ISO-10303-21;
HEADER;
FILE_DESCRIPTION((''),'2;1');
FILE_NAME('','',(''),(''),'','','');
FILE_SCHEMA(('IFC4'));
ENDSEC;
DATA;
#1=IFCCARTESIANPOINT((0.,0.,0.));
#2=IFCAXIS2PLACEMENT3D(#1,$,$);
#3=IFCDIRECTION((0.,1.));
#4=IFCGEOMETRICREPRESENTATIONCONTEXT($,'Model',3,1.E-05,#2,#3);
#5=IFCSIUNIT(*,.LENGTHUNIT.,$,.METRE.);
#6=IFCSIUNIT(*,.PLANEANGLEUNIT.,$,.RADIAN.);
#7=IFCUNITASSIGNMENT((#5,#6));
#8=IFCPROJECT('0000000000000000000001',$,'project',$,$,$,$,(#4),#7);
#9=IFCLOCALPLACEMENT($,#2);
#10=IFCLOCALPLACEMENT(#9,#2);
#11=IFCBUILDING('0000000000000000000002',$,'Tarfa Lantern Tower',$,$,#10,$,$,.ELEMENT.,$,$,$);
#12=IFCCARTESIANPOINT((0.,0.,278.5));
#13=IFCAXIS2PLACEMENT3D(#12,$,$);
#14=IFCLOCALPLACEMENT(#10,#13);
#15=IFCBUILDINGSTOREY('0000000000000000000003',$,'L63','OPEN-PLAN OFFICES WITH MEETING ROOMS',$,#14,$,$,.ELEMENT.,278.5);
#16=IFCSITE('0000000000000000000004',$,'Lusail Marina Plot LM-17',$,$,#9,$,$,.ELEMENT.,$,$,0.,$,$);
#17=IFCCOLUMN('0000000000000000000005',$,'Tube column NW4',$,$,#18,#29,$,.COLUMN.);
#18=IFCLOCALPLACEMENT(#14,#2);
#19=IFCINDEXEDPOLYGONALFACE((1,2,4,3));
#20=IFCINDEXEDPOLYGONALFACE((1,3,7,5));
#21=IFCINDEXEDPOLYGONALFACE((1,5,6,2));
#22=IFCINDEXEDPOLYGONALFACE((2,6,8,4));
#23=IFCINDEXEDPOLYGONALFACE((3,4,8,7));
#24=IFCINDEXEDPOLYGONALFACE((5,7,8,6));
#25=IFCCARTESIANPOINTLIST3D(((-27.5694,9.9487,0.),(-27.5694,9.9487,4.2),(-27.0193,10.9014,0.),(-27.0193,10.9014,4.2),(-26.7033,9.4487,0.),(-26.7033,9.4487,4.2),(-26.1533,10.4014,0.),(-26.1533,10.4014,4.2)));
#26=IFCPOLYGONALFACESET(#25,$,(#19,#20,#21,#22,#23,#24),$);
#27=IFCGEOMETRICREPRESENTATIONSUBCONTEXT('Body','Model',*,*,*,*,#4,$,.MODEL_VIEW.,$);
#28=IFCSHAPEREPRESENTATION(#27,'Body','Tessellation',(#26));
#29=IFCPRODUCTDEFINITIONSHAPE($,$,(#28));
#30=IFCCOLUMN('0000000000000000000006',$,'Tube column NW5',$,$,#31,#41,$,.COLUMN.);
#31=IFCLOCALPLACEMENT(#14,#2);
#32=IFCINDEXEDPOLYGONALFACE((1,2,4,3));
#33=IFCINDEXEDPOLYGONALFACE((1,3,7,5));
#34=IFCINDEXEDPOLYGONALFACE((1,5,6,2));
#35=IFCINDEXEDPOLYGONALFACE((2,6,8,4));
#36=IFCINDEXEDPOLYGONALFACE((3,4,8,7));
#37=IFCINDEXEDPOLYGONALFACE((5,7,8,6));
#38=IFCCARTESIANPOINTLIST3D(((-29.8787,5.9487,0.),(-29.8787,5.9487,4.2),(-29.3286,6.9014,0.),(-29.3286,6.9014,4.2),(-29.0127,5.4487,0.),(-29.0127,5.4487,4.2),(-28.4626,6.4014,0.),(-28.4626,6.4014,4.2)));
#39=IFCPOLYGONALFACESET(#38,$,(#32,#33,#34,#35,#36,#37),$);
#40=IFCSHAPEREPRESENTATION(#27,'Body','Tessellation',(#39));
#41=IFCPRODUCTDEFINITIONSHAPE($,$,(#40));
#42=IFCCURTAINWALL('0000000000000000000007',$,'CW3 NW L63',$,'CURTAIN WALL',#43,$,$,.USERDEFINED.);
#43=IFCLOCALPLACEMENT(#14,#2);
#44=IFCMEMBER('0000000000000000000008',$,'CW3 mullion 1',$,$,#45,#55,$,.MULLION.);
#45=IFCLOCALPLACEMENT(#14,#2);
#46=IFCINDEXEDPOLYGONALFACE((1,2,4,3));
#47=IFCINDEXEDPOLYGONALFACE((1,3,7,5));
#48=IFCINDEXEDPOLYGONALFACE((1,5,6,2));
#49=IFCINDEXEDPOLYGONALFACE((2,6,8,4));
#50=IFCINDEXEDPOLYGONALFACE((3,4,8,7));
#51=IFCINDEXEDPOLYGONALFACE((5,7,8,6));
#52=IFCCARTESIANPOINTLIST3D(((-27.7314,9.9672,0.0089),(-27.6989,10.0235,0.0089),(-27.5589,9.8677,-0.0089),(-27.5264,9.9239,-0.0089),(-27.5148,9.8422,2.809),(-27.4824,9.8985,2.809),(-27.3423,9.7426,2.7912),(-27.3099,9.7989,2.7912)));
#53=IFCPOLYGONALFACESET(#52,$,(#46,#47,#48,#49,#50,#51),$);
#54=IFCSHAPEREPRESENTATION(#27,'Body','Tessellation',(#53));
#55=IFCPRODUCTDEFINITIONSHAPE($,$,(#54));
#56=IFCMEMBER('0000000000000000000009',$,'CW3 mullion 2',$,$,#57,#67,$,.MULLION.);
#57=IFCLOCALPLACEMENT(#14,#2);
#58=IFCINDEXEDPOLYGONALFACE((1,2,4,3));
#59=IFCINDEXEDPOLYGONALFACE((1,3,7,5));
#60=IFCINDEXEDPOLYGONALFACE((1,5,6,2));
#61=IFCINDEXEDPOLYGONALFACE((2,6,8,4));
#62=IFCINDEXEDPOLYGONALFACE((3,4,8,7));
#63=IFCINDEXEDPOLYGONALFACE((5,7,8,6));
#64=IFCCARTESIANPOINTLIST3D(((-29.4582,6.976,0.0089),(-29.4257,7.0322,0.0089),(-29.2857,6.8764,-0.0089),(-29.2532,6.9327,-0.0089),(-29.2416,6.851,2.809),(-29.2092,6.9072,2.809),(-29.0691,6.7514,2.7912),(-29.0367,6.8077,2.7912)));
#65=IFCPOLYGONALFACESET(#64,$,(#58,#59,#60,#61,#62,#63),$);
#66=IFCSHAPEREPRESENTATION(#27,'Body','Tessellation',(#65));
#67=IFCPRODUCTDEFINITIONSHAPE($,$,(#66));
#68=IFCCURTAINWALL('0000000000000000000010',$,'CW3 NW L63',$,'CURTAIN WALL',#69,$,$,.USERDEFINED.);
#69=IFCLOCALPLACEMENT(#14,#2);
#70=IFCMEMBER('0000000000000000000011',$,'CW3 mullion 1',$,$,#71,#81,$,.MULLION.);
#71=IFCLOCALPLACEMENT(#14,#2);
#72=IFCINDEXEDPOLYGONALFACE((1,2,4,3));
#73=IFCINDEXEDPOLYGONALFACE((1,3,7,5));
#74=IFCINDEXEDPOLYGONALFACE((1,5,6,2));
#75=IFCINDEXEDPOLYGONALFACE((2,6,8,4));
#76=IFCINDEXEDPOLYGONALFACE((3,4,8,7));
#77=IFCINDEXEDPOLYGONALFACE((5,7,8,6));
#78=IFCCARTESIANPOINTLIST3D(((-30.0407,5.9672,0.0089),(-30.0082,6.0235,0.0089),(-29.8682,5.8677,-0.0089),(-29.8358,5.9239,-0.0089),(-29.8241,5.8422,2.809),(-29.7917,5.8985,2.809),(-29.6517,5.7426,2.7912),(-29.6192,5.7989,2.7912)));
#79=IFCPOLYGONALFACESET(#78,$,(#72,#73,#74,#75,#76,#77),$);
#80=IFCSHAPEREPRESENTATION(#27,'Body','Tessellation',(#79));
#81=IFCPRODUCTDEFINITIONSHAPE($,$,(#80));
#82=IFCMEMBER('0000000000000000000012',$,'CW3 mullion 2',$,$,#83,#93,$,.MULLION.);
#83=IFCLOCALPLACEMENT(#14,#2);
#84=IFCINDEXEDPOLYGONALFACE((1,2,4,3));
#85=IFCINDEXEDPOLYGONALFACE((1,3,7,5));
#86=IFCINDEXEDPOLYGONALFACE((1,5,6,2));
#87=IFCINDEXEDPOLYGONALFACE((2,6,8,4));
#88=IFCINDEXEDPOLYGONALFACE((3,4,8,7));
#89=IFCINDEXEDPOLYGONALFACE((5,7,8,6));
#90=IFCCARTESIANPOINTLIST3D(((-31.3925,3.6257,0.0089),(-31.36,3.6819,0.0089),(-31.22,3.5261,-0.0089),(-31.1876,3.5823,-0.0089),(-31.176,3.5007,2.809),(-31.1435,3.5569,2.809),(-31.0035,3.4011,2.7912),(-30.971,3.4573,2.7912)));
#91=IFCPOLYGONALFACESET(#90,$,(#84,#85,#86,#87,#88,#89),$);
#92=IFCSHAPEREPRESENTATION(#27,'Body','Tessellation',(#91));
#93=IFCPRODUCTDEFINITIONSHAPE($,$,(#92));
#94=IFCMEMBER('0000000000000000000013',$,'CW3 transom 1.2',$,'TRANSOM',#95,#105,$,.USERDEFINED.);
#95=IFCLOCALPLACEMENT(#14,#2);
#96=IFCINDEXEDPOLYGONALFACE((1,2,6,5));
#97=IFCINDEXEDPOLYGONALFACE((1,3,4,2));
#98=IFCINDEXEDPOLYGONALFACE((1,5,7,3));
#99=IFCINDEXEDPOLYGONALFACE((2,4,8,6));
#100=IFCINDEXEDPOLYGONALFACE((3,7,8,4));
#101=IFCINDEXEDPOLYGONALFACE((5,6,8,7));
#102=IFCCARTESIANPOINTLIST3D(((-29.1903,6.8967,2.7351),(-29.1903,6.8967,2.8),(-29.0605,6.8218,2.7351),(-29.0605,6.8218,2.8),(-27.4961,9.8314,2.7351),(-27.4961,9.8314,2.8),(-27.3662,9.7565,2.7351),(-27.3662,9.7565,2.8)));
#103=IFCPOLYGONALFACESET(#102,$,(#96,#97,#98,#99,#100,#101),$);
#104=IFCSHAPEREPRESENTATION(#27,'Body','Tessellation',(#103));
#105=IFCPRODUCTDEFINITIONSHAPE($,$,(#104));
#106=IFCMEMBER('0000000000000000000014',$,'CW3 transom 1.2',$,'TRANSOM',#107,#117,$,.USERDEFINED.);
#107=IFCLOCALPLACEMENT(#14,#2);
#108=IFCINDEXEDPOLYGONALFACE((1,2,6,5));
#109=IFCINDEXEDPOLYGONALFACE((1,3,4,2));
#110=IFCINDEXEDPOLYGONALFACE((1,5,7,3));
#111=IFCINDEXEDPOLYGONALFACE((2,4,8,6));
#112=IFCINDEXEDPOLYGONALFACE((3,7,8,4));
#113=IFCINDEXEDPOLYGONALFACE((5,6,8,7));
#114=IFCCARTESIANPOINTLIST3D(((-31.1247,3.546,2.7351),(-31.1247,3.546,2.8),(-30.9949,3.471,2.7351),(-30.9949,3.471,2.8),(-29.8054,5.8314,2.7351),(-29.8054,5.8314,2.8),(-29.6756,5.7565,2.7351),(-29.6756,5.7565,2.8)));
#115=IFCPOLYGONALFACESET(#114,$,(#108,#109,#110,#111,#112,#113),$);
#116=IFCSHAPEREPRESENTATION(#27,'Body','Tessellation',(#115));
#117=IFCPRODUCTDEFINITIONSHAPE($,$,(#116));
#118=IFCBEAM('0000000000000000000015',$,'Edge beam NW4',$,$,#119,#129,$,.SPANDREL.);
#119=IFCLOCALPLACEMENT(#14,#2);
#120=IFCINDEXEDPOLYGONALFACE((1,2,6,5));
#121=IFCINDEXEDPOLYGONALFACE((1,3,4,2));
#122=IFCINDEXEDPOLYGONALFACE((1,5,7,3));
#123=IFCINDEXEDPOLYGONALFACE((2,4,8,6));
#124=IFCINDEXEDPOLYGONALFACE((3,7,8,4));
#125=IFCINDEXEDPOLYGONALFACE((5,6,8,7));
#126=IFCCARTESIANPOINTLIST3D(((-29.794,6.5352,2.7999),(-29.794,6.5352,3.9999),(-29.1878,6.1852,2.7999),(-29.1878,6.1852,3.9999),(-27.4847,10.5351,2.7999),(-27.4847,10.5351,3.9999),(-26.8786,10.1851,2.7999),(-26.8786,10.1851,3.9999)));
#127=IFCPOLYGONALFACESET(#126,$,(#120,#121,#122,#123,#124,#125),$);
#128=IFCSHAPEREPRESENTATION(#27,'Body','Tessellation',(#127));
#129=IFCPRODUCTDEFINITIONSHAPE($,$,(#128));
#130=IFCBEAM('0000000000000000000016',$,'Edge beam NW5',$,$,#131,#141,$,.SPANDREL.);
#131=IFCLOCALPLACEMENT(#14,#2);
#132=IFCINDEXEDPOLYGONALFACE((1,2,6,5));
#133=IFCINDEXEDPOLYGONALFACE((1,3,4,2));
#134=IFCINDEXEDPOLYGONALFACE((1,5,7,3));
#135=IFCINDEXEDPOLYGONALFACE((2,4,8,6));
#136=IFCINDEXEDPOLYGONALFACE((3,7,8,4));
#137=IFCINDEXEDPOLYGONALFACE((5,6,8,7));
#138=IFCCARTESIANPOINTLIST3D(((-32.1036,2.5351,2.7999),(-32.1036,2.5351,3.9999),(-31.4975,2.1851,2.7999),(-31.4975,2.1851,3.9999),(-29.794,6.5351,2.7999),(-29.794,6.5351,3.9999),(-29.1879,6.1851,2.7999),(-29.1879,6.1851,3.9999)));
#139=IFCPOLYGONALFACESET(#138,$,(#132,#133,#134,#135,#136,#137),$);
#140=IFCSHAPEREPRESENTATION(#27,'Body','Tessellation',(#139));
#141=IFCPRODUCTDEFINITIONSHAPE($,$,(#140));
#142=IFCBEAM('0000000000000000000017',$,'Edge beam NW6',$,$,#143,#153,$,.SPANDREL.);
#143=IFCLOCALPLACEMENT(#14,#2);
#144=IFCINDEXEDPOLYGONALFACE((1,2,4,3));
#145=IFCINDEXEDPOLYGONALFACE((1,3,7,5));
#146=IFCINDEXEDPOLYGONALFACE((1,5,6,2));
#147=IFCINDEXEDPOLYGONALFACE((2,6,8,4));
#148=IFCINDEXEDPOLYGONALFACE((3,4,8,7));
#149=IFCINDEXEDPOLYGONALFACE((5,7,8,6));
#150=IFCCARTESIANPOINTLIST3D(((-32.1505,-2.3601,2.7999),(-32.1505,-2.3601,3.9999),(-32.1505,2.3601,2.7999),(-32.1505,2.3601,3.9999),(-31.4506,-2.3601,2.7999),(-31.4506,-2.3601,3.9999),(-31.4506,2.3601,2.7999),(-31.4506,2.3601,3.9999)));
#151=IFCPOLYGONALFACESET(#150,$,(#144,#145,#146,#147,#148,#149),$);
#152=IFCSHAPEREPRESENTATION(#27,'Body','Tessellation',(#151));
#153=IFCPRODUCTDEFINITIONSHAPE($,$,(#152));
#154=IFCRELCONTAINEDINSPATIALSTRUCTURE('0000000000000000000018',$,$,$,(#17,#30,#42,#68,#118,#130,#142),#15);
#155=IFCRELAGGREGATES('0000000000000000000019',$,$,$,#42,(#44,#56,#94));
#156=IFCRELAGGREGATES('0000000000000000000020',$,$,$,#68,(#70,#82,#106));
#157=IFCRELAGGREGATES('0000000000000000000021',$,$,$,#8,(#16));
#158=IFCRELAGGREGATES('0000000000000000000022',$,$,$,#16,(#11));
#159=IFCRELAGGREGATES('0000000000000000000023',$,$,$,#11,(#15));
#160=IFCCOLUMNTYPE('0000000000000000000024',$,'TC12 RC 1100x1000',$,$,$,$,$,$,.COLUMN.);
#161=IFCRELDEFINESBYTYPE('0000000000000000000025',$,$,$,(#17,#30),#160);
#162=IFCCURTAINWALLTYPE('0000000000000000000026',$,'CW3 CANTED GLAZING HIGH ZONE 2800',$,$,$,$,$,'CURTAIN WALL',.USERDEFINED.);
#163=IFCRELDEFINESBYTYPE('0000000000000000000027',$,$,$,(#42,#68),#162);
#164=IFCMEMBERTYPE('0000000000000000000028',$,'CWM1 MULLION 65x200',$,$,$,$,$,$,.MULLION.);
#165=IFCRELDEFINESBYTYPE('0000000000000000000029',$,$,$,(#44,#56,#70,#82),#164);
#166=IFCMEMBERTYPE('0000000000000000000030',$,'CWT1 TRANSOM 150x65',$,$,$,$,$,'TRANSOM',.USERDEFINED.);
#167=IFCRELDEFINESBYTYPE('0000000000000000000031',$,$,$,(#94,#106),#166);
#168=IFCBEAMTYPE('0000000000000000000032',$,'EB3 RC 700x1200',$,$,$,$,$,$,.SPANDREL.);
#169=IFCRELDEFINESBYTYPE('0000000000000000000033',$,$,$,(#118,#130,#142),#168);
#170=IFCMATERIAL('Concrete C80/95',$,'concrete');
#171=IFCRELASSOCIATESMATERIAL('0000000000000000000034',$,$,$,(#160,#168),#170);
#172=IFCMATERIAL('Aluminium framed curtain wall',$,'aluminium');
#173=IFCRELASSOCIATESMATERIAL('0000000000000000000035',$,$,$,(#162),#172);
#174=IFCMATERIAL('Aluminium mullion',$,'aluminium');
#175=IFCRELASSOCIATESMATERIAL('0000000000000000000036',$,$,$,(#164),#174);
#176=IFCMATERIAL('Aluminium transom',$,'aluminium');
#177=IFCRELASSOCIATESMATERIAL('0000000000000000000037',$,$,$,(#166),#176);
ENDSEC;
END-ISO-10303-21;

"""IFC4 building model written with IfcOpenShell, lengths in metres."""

from ifc_helpers import new_model, si_unit, direction, frame, origin, origin_2d, place, context, subcontext, project, spatial, rectangle, extrude, material, material_profile, profile_set, type_object, element, aggregate, save


model = new_model("IFC4")

# Units and contexts
model_context = context("Model", 3, precision=1e-05, world=origin(), true_north=direction((0.0, 1.0)))
body_context = subcontext(model_context, "Body", "Model", "MODEL_VIEW")
ifc_project = project(units=[si_unit("LENGTHUNIT", "METRE"), si_unit("PLANEANGLEUNIT", "RADIAN")], contexts=[model_context])

# Site, building, storey
site_placement = place(None, origin())
site = spatial("IfcSite", under=ifc_project, at=site_placement, Name="Lusail Marina Plot LM-17", CompositionType="ELEMENT", RefElevation=0.0)
building_placement = place(site_placement, origin())
building = spatial("IfcBuilding", under=site, at=building_placement, Name="Tarfa Lantern Tower", CompositionType="ELEMENT")
storey_placement = place(building_placement, frame((0.0, 0.0, 278.5)))
storey = spatial("IfcBuildingStorey", under=building, at=storey_placement, Name="L63", Description="OPEN-PLAN OFFICES WITH MEETING ROOMS", CompositionType="ELEMENT", Elevation=278.5)

# Columns
ifc_material_1 = material(Name="Concrete C80/95", Category="concrete")
ifc_material_profile_1 = material_profile(ifc_material_1, rectangle(XDim=1.1001, YDim=1.0, at=origin_2d()), Name="RC 1100x1000")
ifc_profile_set_1 = profile_set([ifc_material_profile_1], Name="Concrete C80/95")
column_type = type_object("IfcColumnType", Name="TC12 RC 1100x1000", PredefinedType="COLUMN", material=ifc_profile_set_1)
for number, where, z_axis, x_axis, name in (
    (1, (-26.8613, 10.175, 0.0), (0.0, 0.0, 1.0), (-0.5, -0.866025, 0.0), "Tube column NW4"),
    (2, (-29.1707, 6.175, 0.0), (0.0, 0.0, 1.0), (-0.5, -0.866025, 0.0), "Tube column NW5"),
):
    element("IfcColumn", number, at=place(storey_placement, frame(where, z_axis=z_axis, x_axis=x_axis)), inside=storey, type_object=column_type, Name=name, PredefinedType="COLUMN", context=body_context, shape_type="SweptSolid", body=[
        extrude(rectangle(XDim=1.1001, YDim=1.0, at=origin_2d()), origin(), (0.0, 0.0, 1.0), 4.2),
    ])

# Curtain walls, members
ifc_material_2 = material(Name="Aluminium framed curtain wall", Category="aluminium")
curtain_wall_type = type_object("IfcCurtainWallType", Name="CW3 CANTED GLAZING HIGH ZONE 2800", ElementType="CURTAIN WALL", PredefinedType="USERDEFINED", material=ifc_material_2)
curtain_wall_1_placement = place(storey_placement, origin())
curtain_wall_1 = element("IfcCurtainWall", 3, at=curtain_wall_1_placement, inside=storey, type_object=curtain_wall_type, Name="CW3 NW L63", ObjectType="CURTAIN WALL", PredefinedType="USERDEFINED")
ifc_material_3 = material(Name="Aluminium mullion", Category="aluminium")
ifc_material_profile_2 = material_profile(ifc_material_3, rectangle(XDim=0.0649, YDim=0.2, at=origin_2d()), Name="AL MULLION 65x200")
ifc_profile_set_2 = profile_set([ifc_material_profile_2], Name="Aluminium mullion")
member_type_1 = type_object("IfcMemberType", Name="CWM1 MULLION 65x200", PredefinedType="MULLION", material=ifc_profile_set_2)
member_1_placement = place(storey_placement, frame((-27.6289, 9.9456, 0.0), z_axis=(0.077032, -0.044465, 0.996037), x_axis=(0.49992, 0.866072, 0.0)))
member_1 = element("IfcMember", 4, at=member_1_placement, type_object=member_type_1, Name="CW3 mullion 1", PredefinedType="MULLION", context=body_context, shape_type="SweptSolid", body=[
    extrude(rectangle(XDim=0.0649, YDim=0.2, at=origin_2d()), origin(), (0.0, 0.0, 1.0), 2.8113),
])
member_2_placement = place(storey_placement, frame((-29.3557, 6.9543, 0.0), z_axis=(0.077032, -0.044465, 0.996037), x_axis=(0.49992, 0.866072, 0.0)))
member_2 = element("IfcMember", 5, at=member_2_placement, type_object=member_type_1, Name="CW3 mullion 2", PredefinedType="MULLION", context=body_context, shape_type="SweptSolid", body=[
    extrude(rectangle(XDim=0.0649, YDim=0.2, at=origin_2d()), origin(), (0.0, 0.0, 1.0), 2.8113),
])
curtain_wall_2_placement = place(storey_placement, origin())
curtain_wall_2 = element("IfcCurtainWall", 6, at=curtain_wall_2_placement, inside=storey, type_object=curtain_wall_type, Name="CW3 NW L63", ObjectType="CURTAIN WALL", PredefinedType="USERDEFINED")
member_3_placement = place(storey_placement, frame((-29.9382, 5.9456, 0.0), z_axis=(0.077032, -0.044465, 0.996037), x_axis=(0.49992, 0.866072, 0.0)))
member_3 = element("IfcMember", 7, at=member_3_placement, type_object=member_type_1, Name="CW3 mullion 1", PredefinedType="MULLION", context=body_context, shape_type="SweptSolid", body=[
    extrude(rectangle(XDim=0.0649, YDim=0.2, at=origin_2d()), origin(), (0.0, 0.0, 1.0), 2.8113),
])
member_4_placement = place(storey_placement, frame((-31.29, 3.604, 0.0), z_axis=(0.077032, -0.044465, 0.996037), x_axis=(0.49992, 0.866072, 0.0)))
member_4 = element("IfcMember", 8, at=member_4_placement, type_object=member_type_1, Name="CW3 mullion 2", PredefinedType="MULLION", context=body_context, shape_type="SweptSolid", body=[
    extrude(rectangle(XDim=0.0649, YDim=0.2, at=origin_2d()), origin(), (0.0, 0.0, 1.0), 2.8113),
])

# Members
ifc_material_4 = material(Name="Aluminium transom", Category="aluminium")
ifc_material_profile_3 = material_profile(ifc_material_4, rectangle(XDim=0.1499, YDim=0.0649, at=origin_2d()), Name="AL TRANSOM 150x65")
ifc_profile_set_3 = profile_set([ifc_material_profile_3], Name="Aluminium transom")
member_type_2 = type_object("IfcMemberType", Name="CWT1 TRANSOM 150x65", ElementType="TRANSOM", PredefinedType="USERDEFINED", material=ifc_profile_set_3)
member_5_placement = place(storey_placement, frame((-27.4312, 9.7939, 2.7676), z_axis=(-0.499982, -0.866036, 0.0), x_axis=(0.866036, -0.499982, 0.0)))
member_5 = element("IfcMember", 9, at=member_5_placement, type_object=member_type_2, Name="CW3 transom 1.2", ObjectType="TRANSOM", PredefinedType="USERDEFINED", context=body_context, shape_type="SweptSolid", body=[
    extrude(rectangle(XDim=0.1499, YDim=0.0649, at=origin_2d()), origin(), (0.0, 0.0, 1.0), 3.3887),
])
member_6_placement = place(storey_placement, frame((-29.7405, 5.7939, 2.7676), z_axis=(-0.49996, -0.866048, 0.0), x_axis=(0.866048, -0.49996, 0.0)))
member_6 = element("IfcMember", 10, at=member_6_placement, type_object=member_type_2, Name="CW3 transom 1.2", ObjectType="TRANSOM", PredefinedType="USERDEFINED", context=body_context, shape_type="SweptSolid", body=[
    extrude(rectangle(XDim=0.1499, YDim=0.0649, at=origin_2d()), origin(), (0.0, 0.0, 1.0), 2.6389),
])

# Beams
ifc_material_profile_4 = material_profile(ifc_material_1, rectangle(XDim=0.7, YDim=1.2, at=origin_2d()), Name="RC 700x1200")
ifc_profile_set_4 = profile_set([ifc_material_profile_4], Name="Concrete C80/95")
beam_type_1 = type_object("IfcBeamType", Name="EB3 RC 700x1200", PredefinedType="SPANDREL", material=ifc_profile_set_4)
beam_1_placement = place(storey_placement, frame((-27.1816, 10.3601, 3.3999), z_axis=(-0.499988, -0.866032, 0.0), x_axis=(0.866032, -0.499988, 0.0)))
element("IfcBeam", 11, at=beam_1_placement, inside=storey, type_object=beam_type_1, Name="Edge beam NW4", PredefinedType="SPANDREL", context=body_context, shape_type="SweptSolid", body=[
    extrude(rectangle(XDim=0.7, YDim=1.2, at=origin_2d()), origin(), (0.0, 0.0, 1.0), 4.6187),
])
beam_2_placement = place(storey_placement, frame((-29.491, 6.3601, 3.3999), z_axis=(-0.500027, -0.86601, 0.0), x_axis=(0.86601, -0.500027, 0.0)))
element("IfcBeam", 12, at=beam_2_placement, inside=storey, type_object=beam_type_1, Name="Edge beam NW5", PredefinedType="SPANDREL", context=body_context, shape_type="SweptSolid", body=[
    extrude(rectangle(XDim=0.7, YDim=1.2, at=origin_2d()), origin(), (0.0, 0.0, 1.0), 4.6189),
])
beam_3_placement = place(storey_placement, frame((-31.8005, 2.3601, 3.3999), z_axis=(0.0, -1.0, 0.0), x_axis=(1.0, 0.0, 0.0)))
element("IfcBeam", 13, at=beam_3_placement, inside=storey, type_object=beam_type_1, Name="Edge beam NW6", PredefinedType="SPANDREL", context=body_context, shape_type="SweptSolid", body=[
    extrude(rectangle(XDim=0.7, YDim=1.2, at=origin_2d()), origin(), (0.0, 0.0, 1.0), 4.7202),
])

aggregate(curtain_wall_1, [member_1, member_2, member_5])
aggregate(curtain_wall_2, [member_3, member_4, member_6])

save(model, "model.ifc")
